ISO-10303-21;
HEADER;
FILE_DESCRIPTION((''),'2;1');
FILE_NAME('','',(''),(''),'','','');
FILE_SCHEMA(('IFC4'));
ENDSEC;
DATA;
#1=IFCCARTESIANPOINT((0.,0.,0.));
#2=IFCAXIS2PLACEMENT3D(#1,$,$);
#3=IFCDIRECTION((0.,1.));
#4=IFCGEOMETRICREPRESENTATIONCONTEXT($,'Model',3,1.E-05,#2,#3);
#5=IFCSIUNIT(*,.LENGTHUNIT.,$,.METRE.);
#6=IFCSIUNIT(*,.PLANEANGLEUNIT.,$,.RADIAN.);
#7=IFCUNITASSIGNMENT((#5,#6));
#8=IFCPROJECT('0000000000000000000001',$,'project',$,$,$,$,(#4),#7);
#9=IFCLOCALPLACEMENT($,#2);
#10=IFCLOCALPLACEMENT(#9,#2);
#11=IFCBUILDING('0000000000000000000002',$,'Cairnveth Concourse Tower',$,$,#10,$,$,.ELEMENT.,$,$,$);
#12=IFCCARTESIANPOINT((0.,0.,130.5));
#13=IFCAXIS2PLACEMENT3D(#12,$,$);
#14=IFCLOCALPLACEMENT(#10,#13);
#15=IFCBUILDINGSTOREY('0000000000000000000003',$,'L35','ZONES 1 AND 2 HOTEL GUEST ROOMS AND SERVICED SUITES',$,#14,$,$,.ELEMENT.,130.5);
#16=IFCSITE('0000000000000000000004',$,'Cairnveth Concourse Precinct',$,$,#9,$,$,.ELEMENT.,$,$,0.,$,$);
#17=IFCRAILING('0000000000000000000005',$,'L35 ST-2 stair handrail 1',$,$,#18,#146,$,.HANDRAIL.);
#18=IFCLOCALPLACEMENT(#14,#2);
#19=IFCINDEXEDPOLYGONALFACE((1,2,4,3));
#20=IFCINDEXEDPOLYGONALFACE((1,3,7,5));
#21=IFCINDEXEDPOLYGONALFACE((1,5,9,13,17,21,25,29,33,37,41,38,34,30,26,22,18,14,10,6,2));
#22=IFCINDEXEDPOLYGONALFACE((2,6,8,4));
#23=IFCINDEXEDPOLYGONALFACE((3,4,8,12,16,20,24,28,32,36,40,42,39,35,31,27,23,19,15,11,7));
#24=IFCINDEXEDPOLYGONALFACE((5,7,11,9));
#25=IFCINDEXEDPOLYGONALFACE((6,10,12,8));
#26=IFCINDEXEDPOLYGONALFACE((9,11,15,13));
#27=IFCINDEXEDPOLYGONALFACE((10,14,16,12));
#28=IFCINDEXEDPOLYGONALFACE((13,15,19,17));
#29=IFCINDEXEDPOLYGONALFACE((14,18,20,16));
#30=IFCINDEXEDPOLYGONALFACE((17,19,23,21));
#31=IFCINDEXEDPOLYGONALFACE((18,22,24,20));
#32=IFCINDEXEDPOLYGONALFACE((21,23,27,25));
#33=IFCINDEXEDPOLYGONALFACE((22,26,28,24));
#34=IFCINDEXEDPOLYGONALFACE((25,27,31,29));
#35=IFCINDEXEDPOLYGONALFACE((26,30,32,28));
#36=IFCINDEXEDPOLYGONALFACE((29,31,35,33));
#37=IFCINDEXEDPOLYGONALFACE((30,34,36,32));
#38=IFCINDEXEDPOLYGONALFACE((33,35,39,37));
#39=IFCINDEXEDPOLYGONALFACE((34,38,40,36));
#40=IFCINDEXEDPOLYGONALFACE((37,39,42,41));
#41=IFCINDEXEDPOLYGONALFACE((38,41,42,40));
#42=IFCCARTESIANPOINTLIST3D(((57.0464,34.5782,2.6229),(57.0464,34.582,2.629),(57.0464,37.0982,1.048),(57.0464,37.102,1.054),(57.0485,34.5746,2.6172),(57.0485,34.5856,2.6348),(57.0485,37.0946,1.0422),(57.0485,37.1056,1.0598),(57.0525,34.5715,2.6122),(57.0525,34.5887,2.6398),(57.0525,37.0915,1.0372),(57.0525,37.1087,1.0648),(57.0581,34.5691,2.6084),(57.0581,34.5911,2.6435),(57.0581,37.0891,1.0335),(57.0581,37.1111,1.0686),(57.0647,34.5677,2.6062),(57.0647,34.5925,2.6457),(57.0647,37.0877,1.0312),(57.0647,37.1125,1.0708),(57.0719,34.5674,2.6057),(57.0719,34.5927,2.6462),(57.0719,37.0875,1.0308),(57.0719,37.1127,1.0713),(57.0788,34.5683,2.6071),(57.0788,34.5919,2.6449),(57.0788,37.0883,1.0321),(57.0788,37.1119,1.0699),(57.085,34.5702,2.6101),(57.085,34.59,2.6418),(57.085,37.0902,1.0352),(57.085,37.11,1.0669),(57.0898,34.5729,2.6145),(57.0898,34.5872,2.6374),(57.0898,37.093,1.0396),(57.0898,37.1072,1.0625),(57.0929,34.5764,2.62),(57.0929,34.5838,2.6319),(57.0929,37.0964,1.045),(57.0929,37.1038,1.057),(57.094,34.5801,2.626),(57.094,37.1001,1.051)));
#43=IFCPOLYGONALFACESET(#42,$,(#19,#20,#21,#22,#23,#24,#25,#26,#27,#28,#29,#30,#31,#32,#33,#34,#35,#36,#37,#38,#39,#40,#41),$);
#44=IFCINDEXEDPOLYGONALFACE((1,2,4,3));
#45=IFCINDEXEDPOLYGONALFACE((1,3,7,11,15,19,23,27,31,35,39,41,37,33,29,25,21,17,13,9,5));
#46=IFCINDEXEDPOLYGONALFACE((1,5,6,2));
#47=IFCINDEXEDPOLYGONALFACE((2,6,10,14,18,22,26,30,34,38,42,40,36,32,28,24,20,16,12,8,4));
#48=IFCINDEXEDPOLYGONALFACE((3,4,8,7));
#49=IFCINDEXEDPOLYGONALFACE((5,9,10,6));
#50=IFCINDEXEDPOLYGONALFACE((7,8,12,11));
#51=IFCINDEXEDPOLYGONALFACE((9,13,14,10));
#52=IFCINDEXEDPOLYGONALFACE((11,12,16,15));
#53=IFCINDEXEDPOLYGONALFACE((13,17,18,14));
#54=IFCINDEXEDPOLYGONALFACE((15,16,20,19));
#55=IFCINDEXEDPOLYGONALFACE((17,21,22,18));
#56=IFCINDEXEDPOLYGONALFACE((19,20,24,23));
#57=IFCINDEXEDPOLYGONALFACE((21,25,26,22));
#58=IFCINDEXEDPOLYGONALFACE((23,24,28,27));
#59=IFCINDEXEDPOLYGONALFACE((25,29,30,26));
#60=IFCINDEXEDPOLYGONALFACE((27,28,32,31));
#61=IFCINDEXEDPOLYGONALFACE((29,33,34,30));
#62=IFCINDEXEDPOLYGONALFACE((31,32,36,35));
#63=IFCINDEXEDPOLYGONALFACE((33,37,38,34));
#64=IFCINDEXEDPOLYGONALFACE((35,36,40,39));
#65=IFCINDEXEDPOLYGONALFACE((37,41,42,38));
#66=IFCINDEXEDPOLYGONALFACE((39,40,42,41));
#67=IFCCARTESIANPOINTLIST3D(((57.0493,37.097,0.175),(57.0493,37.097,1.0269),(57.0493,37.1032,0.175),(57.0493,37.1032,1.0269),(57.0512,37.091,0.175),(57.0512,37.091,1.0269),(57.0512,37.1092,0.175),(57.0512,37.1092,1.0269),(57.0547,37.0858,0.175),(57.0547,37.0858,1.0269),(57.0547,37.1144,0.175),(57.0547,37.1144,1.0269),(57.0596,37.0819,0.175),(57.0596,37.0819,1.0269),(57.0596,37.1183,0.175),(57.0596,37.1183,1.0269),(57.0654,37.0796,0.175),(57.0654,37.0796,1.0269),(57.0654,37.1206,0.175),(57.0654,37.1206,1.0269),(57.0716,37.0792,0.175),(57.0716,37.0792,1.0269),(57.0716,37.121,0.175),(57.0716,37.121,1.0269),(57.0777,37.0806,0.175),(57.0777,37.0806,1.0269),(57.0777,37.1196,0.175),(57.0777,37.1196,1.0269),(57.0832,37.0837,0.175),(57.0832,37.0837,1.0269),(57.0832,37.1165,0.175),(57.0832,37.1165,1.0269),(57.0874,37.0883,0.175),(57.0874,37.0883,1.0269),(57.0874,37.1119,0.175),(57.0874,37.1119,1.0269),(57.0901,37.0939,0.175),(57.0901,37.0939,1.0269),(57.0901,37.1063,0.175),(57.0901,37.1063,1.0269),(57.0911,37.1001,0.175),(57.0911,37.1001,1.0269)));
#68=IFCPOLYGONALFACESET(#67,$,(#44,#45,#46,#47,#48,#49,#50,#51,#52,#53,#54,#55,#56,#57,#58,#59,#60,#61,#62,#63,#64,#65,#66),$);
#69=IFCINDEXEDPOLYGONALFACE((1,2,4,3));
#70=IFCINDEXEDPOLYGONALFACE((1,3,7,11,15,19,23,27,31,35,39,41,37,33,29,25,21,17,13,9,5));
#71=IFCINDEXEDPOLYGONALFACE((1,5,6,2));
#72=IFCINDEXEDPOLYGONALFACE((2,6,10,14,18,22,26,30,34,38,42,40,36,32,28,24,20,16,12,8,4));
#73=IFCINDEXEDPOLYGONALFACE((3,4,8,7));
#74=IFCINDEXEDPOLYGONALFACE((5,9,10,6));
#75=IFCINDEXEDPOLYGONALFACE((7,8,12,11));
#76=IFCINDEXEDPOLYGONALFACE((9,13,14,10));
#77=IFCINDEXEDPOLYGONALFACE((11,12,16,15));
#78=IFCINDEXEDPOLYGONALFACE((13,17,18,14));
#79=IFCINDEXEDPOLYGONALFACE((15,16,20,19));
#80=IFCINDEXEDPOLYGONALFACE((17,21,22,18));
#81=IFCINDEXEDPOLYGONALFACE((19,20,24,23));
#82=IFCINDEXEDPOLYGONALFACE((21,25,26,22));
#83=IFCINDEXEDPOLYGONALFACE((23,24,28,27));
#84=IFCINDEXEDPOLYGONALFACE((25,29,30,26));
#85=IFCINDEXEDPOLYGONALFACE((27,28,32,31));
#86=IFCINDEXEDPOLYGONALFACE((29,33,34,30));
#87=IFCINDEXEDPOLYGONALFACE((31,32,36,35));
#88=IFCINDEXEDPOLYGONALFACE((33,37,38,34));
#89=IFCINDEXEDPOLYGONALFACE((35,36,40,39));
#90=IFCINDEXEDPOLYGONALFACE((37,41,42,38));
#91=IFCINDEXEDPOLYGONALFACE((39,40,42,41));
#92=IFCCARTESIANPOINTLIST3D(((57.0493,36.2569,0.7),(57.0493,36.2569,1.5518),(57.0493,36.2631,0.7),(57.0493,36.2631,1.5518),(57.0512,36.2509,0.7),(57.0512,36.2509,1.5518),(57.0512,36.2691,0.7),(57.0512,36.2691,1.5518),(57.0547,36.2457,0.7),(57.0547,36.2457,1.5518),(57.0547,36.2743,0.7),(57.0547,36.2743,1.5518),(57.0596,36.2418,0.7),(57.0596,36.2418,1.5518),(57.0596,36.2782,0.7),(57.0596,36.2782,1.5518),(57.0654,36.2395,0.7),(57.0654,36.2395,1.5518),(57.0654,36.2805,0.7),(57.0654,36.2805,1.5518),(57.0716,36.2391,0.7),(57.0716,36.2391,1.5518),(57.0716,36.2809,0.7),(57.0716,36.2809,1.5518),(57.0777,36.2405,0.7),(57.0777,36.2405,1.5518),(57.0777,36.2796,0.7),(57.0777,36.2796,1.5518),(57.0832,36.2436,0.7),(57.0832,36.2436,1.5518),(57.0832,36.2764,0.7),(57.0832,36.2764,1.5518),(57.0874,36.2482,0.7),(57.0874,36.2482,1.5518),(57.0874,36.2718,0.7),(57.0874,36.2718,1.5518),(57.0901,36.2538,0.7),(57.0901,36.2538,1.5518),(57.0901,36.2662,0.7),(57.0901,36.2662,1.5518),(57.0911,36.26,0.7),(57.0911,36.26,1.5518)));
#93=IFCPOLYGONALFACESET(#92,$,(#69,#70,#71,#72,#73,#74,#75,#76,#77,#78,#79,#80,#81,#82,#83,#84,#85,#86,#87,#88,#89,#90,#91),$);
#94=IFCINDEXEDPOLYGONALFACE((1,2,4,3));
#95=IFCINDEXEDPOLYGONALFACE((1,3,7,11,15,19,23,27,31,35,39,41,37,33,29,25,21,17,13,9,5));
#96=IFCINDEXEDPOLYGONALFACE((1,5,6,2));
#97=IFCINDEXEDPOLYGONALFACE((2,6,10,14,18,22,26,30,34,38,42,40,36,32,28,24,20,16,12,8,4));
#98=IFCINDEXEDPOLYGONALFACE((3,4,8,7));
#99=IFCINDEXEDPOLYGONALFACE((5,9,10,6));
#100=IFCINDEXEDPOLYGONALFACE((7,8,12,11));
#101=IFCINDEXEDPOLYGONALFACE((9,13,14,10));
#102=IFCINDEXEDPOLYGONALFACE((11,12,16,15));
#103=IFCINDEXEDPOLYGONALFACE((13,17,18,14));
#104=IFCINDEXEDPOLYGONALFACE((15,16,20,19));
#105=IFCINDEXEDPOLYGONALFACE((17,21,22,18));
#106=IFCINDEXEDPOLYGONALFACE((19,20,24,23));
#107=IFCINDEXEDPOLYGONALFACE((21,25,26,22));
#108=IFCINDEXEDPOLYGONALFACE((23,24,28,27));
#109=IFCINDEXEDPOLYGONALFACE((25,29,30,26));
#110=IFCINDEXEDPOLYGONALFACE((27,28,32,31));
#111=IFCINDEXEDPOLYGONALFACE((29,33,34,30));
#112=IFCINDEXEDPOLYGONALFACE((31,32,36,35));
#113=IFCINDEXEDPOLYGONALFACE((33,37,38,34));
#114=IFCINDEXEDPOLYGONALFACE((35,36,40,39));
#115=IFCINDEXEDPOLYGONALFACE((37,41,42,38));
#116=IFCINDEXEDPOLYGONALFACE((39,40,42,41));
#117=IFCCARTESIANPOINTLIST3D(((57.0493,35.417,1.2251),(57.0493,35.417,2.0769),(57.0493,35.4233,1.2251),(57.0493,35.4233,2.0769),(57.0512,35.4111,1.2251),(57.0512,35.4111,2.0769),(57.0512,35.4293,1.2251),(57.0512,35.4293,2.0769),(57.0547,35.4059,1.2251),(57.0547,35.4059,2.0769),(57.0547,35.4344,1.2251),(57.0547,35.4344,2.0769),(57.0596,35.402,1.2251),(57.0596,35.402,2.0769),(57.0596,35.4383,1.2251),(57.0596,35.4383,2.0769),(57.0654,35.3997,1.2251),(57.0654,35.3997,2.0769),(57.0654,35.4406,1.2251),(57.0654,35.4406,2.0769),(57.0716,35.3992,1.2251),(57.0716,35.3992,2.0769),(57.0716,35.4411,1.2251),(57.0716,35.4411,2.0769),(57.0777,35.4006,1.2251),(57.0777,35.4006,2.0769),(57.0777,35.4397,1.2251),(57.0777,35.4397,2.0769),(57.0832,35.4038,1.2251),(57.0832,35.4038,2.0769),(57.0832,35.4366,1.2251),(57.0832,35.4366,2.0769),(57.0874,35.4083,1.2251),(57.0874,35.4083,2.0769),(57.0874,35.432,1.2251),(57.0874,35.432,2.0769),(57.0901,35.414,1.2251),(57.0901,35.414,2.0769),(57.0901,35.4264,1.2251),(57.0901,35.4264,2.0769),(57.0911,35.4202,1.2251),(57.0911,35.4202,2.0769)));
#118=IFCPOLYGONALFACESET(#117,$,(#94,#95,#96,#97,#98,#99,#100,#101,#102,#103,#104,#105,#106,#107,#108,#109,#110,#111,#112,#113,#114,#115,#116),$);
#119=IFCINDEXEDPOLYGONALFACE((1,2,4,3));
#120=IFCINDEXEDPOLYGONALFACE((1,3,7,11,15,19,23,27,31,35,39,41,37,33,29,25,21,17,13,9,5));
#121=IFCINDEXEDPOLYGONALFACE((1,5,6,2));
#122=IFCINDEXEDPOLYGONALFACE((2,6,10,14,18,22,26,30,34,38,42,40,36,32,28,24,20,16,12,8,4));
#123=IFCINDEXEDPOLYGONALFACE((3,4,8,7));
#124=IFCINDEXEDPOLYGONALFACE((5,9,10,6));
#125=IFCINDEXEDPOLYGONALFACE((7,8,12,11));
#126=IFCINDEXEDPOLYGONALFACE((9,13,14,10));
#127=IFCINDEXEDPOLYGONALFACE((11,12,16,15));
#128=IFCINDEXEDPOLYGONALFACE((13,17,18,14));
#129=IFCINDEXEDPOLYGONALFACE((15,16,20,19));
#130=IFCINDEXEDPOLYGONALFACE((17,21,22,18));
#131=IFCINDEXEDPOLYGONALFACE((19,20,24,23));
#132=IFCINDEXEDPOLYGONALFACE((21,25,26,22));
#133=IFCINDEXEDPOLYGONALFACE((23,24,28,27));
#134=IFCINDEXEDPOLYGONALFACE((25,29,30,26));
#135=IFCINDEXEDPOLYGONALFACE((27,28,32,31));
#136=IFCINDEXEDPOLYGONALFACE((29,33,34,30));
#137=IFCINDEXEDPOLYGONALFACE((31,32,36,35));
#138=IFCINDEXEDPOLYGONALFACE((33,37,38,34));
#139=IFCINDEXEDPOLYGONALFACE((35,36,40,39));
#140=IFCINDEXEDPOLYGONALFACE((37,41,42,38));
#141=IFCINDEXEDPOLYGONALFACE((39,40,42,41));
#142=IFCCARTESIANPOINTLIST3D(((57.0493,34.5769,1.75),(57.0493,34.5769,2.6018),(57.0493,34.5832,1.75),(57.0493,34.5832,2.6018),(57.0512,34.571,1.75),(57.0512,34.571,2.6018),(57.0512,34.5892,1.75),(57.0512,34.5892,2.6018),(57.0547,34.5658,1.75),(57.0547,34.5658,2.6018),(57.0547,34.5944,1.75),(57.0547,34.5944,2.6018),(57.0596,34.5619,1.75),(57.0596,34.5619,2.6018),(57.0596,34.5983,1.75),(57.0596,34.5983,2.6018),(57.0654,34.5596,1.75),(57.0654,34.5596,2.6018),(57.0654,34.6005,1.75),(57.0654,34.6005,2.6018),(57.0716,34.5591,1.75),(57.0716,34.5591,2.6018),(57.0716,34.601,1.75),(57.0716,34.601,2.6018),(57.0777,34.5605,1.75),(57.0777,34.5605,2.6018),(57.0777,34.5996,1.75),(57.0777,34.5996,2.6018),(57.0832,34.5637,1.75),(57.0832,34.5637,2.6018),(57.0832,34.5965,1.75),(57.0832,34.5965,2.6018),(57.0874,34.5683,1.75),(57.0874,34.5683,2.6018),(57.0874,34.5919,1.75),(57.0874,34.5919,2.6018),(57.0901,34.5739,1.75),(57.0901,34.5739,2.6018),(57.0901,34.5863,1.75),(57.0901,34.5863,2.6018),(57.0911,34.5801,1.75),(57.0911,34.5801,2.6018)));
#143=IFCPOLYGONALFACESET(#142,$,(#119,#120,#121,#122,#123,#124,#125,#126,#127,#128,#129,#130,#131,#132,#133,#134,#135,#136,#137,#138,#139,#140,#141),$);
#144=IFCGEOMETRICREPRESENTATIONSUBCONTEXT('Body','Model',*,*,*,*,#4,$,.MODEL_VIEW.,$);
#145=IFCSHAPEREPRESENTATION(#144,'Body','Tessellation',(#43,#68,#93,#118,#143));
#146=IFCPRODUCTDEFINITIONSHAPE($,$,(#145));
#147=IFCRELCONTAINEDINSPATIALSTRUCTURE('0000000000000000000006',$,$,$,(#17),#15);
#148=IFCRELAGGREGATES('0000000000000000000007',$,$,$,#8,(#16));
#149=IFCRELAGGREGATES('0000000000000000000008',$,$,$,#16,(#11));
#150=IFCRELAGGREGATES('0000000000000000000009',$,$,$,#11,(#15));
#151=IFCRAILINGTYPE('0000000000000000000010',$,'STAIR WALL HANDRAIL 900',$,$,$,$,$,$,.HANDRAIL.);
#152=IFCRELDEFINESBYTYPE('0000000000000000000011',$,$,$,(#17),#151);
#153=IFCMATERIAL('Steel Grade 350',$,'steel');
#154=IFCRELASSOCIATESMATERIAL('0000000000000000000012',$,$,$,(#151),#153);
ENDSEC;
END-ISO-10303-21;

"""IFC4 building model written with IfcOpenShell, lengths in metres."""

from ifc_helpers import new_model, si_unit, direction, frame, origin, origin_2d, place, context, subcontext, project, spatial, circle, extrude, material, type_object, element, save


model = new_model("IFC4")

# Units and contexts
model_context = context("Model", 3, precision=1e-05, world=origin(), true_north=direction((0.0, 1.0)))
body_context = subcontext(model_context, "Body", "Model", "MODEL_VIEW")
ifc_project = project(units=[si_unit("LENGTHUNIT", "METRE"), si_unit("PLANEANGLEUNIT", "RADIAN")], contexts=[model_context])

# Site, building, storey
site_placement = place(None, origin())
site = spatial("IfcSite", under=ifc_project, at=site_placement, Name="Cairnveth Concourse Precinct", CompositionType="ELEMENT", RefElevation=0.0)
building_placement = place(site_placement, origin())
building = spatial("IfcBuilding", under=site, at=building_placement, Name="Cairnveth Concourse Tower", CompositionType="ELEMENT")
storey_placement = place(building_placement, frame((0.0, 0.0, 130.5)))
storey = spatial("IfcBuildingStorey", under=building, at=storey_placement, Name="L35", Description="ZONES 1 AND 2 HOTEL GUEST ROOMS AND SERVICED SUITES", CompositionType="ELEMENT", Elevation=130.5)

# Shared definitions
ifc_material_1 = material(Name="Steel Grade 350", Category="steel")

# Railing
railing_type_1 = type_object("IfcRailingType", Name="STAIR WALL HANDRAIL 900", PredefinedType="HANDRAIL", material=ifc_material_1)
railing_1_placement = place(storey_placement, frame((57.0701, 37.1001, 0.175)))
element("IfcRailing", 1, at=railing_1_placement, inside=storey, type_object=railing_type_1, Name="L35 ST-2 stair handrail 1", PredefinedType="HANDRAIL", context=body_context, shape_type="SweptSolid", body=[
    extrude(circle(Radius=0.0239, at=origin_2d()), frame((0.0, 0.0, 0.876), z_axis=(0.0, -0.848008, 0.529984), x_axis=(1.0, 0.0, 0.0)), (0.0, 0.0, 1.0), 2.9717),
    extrude(circle(Radius=0.021, at=origin_2d()), origin(), (0.0, 0.0, 1.0), 0.8518),
    extrude(circle(Radius=0.021, at=origin_2d()), frame((0.0, -0.8401, 0.5249)), (0.0, 0.0, 1.0), 0.8518),
    extrude(circle(Radius=0.021, at=origin_2d()), frame((0.0, -1.6799, 1.05)), (0.0, 0.0, 1.0), 0.8518),
    extrude(circle(Radius=0.021, at=origin_2d()), frame((0.0, -2.52, 1.575)), (0.0, 0.0, 1.0), 0.8518),
])

save(model, "model.ifc")
